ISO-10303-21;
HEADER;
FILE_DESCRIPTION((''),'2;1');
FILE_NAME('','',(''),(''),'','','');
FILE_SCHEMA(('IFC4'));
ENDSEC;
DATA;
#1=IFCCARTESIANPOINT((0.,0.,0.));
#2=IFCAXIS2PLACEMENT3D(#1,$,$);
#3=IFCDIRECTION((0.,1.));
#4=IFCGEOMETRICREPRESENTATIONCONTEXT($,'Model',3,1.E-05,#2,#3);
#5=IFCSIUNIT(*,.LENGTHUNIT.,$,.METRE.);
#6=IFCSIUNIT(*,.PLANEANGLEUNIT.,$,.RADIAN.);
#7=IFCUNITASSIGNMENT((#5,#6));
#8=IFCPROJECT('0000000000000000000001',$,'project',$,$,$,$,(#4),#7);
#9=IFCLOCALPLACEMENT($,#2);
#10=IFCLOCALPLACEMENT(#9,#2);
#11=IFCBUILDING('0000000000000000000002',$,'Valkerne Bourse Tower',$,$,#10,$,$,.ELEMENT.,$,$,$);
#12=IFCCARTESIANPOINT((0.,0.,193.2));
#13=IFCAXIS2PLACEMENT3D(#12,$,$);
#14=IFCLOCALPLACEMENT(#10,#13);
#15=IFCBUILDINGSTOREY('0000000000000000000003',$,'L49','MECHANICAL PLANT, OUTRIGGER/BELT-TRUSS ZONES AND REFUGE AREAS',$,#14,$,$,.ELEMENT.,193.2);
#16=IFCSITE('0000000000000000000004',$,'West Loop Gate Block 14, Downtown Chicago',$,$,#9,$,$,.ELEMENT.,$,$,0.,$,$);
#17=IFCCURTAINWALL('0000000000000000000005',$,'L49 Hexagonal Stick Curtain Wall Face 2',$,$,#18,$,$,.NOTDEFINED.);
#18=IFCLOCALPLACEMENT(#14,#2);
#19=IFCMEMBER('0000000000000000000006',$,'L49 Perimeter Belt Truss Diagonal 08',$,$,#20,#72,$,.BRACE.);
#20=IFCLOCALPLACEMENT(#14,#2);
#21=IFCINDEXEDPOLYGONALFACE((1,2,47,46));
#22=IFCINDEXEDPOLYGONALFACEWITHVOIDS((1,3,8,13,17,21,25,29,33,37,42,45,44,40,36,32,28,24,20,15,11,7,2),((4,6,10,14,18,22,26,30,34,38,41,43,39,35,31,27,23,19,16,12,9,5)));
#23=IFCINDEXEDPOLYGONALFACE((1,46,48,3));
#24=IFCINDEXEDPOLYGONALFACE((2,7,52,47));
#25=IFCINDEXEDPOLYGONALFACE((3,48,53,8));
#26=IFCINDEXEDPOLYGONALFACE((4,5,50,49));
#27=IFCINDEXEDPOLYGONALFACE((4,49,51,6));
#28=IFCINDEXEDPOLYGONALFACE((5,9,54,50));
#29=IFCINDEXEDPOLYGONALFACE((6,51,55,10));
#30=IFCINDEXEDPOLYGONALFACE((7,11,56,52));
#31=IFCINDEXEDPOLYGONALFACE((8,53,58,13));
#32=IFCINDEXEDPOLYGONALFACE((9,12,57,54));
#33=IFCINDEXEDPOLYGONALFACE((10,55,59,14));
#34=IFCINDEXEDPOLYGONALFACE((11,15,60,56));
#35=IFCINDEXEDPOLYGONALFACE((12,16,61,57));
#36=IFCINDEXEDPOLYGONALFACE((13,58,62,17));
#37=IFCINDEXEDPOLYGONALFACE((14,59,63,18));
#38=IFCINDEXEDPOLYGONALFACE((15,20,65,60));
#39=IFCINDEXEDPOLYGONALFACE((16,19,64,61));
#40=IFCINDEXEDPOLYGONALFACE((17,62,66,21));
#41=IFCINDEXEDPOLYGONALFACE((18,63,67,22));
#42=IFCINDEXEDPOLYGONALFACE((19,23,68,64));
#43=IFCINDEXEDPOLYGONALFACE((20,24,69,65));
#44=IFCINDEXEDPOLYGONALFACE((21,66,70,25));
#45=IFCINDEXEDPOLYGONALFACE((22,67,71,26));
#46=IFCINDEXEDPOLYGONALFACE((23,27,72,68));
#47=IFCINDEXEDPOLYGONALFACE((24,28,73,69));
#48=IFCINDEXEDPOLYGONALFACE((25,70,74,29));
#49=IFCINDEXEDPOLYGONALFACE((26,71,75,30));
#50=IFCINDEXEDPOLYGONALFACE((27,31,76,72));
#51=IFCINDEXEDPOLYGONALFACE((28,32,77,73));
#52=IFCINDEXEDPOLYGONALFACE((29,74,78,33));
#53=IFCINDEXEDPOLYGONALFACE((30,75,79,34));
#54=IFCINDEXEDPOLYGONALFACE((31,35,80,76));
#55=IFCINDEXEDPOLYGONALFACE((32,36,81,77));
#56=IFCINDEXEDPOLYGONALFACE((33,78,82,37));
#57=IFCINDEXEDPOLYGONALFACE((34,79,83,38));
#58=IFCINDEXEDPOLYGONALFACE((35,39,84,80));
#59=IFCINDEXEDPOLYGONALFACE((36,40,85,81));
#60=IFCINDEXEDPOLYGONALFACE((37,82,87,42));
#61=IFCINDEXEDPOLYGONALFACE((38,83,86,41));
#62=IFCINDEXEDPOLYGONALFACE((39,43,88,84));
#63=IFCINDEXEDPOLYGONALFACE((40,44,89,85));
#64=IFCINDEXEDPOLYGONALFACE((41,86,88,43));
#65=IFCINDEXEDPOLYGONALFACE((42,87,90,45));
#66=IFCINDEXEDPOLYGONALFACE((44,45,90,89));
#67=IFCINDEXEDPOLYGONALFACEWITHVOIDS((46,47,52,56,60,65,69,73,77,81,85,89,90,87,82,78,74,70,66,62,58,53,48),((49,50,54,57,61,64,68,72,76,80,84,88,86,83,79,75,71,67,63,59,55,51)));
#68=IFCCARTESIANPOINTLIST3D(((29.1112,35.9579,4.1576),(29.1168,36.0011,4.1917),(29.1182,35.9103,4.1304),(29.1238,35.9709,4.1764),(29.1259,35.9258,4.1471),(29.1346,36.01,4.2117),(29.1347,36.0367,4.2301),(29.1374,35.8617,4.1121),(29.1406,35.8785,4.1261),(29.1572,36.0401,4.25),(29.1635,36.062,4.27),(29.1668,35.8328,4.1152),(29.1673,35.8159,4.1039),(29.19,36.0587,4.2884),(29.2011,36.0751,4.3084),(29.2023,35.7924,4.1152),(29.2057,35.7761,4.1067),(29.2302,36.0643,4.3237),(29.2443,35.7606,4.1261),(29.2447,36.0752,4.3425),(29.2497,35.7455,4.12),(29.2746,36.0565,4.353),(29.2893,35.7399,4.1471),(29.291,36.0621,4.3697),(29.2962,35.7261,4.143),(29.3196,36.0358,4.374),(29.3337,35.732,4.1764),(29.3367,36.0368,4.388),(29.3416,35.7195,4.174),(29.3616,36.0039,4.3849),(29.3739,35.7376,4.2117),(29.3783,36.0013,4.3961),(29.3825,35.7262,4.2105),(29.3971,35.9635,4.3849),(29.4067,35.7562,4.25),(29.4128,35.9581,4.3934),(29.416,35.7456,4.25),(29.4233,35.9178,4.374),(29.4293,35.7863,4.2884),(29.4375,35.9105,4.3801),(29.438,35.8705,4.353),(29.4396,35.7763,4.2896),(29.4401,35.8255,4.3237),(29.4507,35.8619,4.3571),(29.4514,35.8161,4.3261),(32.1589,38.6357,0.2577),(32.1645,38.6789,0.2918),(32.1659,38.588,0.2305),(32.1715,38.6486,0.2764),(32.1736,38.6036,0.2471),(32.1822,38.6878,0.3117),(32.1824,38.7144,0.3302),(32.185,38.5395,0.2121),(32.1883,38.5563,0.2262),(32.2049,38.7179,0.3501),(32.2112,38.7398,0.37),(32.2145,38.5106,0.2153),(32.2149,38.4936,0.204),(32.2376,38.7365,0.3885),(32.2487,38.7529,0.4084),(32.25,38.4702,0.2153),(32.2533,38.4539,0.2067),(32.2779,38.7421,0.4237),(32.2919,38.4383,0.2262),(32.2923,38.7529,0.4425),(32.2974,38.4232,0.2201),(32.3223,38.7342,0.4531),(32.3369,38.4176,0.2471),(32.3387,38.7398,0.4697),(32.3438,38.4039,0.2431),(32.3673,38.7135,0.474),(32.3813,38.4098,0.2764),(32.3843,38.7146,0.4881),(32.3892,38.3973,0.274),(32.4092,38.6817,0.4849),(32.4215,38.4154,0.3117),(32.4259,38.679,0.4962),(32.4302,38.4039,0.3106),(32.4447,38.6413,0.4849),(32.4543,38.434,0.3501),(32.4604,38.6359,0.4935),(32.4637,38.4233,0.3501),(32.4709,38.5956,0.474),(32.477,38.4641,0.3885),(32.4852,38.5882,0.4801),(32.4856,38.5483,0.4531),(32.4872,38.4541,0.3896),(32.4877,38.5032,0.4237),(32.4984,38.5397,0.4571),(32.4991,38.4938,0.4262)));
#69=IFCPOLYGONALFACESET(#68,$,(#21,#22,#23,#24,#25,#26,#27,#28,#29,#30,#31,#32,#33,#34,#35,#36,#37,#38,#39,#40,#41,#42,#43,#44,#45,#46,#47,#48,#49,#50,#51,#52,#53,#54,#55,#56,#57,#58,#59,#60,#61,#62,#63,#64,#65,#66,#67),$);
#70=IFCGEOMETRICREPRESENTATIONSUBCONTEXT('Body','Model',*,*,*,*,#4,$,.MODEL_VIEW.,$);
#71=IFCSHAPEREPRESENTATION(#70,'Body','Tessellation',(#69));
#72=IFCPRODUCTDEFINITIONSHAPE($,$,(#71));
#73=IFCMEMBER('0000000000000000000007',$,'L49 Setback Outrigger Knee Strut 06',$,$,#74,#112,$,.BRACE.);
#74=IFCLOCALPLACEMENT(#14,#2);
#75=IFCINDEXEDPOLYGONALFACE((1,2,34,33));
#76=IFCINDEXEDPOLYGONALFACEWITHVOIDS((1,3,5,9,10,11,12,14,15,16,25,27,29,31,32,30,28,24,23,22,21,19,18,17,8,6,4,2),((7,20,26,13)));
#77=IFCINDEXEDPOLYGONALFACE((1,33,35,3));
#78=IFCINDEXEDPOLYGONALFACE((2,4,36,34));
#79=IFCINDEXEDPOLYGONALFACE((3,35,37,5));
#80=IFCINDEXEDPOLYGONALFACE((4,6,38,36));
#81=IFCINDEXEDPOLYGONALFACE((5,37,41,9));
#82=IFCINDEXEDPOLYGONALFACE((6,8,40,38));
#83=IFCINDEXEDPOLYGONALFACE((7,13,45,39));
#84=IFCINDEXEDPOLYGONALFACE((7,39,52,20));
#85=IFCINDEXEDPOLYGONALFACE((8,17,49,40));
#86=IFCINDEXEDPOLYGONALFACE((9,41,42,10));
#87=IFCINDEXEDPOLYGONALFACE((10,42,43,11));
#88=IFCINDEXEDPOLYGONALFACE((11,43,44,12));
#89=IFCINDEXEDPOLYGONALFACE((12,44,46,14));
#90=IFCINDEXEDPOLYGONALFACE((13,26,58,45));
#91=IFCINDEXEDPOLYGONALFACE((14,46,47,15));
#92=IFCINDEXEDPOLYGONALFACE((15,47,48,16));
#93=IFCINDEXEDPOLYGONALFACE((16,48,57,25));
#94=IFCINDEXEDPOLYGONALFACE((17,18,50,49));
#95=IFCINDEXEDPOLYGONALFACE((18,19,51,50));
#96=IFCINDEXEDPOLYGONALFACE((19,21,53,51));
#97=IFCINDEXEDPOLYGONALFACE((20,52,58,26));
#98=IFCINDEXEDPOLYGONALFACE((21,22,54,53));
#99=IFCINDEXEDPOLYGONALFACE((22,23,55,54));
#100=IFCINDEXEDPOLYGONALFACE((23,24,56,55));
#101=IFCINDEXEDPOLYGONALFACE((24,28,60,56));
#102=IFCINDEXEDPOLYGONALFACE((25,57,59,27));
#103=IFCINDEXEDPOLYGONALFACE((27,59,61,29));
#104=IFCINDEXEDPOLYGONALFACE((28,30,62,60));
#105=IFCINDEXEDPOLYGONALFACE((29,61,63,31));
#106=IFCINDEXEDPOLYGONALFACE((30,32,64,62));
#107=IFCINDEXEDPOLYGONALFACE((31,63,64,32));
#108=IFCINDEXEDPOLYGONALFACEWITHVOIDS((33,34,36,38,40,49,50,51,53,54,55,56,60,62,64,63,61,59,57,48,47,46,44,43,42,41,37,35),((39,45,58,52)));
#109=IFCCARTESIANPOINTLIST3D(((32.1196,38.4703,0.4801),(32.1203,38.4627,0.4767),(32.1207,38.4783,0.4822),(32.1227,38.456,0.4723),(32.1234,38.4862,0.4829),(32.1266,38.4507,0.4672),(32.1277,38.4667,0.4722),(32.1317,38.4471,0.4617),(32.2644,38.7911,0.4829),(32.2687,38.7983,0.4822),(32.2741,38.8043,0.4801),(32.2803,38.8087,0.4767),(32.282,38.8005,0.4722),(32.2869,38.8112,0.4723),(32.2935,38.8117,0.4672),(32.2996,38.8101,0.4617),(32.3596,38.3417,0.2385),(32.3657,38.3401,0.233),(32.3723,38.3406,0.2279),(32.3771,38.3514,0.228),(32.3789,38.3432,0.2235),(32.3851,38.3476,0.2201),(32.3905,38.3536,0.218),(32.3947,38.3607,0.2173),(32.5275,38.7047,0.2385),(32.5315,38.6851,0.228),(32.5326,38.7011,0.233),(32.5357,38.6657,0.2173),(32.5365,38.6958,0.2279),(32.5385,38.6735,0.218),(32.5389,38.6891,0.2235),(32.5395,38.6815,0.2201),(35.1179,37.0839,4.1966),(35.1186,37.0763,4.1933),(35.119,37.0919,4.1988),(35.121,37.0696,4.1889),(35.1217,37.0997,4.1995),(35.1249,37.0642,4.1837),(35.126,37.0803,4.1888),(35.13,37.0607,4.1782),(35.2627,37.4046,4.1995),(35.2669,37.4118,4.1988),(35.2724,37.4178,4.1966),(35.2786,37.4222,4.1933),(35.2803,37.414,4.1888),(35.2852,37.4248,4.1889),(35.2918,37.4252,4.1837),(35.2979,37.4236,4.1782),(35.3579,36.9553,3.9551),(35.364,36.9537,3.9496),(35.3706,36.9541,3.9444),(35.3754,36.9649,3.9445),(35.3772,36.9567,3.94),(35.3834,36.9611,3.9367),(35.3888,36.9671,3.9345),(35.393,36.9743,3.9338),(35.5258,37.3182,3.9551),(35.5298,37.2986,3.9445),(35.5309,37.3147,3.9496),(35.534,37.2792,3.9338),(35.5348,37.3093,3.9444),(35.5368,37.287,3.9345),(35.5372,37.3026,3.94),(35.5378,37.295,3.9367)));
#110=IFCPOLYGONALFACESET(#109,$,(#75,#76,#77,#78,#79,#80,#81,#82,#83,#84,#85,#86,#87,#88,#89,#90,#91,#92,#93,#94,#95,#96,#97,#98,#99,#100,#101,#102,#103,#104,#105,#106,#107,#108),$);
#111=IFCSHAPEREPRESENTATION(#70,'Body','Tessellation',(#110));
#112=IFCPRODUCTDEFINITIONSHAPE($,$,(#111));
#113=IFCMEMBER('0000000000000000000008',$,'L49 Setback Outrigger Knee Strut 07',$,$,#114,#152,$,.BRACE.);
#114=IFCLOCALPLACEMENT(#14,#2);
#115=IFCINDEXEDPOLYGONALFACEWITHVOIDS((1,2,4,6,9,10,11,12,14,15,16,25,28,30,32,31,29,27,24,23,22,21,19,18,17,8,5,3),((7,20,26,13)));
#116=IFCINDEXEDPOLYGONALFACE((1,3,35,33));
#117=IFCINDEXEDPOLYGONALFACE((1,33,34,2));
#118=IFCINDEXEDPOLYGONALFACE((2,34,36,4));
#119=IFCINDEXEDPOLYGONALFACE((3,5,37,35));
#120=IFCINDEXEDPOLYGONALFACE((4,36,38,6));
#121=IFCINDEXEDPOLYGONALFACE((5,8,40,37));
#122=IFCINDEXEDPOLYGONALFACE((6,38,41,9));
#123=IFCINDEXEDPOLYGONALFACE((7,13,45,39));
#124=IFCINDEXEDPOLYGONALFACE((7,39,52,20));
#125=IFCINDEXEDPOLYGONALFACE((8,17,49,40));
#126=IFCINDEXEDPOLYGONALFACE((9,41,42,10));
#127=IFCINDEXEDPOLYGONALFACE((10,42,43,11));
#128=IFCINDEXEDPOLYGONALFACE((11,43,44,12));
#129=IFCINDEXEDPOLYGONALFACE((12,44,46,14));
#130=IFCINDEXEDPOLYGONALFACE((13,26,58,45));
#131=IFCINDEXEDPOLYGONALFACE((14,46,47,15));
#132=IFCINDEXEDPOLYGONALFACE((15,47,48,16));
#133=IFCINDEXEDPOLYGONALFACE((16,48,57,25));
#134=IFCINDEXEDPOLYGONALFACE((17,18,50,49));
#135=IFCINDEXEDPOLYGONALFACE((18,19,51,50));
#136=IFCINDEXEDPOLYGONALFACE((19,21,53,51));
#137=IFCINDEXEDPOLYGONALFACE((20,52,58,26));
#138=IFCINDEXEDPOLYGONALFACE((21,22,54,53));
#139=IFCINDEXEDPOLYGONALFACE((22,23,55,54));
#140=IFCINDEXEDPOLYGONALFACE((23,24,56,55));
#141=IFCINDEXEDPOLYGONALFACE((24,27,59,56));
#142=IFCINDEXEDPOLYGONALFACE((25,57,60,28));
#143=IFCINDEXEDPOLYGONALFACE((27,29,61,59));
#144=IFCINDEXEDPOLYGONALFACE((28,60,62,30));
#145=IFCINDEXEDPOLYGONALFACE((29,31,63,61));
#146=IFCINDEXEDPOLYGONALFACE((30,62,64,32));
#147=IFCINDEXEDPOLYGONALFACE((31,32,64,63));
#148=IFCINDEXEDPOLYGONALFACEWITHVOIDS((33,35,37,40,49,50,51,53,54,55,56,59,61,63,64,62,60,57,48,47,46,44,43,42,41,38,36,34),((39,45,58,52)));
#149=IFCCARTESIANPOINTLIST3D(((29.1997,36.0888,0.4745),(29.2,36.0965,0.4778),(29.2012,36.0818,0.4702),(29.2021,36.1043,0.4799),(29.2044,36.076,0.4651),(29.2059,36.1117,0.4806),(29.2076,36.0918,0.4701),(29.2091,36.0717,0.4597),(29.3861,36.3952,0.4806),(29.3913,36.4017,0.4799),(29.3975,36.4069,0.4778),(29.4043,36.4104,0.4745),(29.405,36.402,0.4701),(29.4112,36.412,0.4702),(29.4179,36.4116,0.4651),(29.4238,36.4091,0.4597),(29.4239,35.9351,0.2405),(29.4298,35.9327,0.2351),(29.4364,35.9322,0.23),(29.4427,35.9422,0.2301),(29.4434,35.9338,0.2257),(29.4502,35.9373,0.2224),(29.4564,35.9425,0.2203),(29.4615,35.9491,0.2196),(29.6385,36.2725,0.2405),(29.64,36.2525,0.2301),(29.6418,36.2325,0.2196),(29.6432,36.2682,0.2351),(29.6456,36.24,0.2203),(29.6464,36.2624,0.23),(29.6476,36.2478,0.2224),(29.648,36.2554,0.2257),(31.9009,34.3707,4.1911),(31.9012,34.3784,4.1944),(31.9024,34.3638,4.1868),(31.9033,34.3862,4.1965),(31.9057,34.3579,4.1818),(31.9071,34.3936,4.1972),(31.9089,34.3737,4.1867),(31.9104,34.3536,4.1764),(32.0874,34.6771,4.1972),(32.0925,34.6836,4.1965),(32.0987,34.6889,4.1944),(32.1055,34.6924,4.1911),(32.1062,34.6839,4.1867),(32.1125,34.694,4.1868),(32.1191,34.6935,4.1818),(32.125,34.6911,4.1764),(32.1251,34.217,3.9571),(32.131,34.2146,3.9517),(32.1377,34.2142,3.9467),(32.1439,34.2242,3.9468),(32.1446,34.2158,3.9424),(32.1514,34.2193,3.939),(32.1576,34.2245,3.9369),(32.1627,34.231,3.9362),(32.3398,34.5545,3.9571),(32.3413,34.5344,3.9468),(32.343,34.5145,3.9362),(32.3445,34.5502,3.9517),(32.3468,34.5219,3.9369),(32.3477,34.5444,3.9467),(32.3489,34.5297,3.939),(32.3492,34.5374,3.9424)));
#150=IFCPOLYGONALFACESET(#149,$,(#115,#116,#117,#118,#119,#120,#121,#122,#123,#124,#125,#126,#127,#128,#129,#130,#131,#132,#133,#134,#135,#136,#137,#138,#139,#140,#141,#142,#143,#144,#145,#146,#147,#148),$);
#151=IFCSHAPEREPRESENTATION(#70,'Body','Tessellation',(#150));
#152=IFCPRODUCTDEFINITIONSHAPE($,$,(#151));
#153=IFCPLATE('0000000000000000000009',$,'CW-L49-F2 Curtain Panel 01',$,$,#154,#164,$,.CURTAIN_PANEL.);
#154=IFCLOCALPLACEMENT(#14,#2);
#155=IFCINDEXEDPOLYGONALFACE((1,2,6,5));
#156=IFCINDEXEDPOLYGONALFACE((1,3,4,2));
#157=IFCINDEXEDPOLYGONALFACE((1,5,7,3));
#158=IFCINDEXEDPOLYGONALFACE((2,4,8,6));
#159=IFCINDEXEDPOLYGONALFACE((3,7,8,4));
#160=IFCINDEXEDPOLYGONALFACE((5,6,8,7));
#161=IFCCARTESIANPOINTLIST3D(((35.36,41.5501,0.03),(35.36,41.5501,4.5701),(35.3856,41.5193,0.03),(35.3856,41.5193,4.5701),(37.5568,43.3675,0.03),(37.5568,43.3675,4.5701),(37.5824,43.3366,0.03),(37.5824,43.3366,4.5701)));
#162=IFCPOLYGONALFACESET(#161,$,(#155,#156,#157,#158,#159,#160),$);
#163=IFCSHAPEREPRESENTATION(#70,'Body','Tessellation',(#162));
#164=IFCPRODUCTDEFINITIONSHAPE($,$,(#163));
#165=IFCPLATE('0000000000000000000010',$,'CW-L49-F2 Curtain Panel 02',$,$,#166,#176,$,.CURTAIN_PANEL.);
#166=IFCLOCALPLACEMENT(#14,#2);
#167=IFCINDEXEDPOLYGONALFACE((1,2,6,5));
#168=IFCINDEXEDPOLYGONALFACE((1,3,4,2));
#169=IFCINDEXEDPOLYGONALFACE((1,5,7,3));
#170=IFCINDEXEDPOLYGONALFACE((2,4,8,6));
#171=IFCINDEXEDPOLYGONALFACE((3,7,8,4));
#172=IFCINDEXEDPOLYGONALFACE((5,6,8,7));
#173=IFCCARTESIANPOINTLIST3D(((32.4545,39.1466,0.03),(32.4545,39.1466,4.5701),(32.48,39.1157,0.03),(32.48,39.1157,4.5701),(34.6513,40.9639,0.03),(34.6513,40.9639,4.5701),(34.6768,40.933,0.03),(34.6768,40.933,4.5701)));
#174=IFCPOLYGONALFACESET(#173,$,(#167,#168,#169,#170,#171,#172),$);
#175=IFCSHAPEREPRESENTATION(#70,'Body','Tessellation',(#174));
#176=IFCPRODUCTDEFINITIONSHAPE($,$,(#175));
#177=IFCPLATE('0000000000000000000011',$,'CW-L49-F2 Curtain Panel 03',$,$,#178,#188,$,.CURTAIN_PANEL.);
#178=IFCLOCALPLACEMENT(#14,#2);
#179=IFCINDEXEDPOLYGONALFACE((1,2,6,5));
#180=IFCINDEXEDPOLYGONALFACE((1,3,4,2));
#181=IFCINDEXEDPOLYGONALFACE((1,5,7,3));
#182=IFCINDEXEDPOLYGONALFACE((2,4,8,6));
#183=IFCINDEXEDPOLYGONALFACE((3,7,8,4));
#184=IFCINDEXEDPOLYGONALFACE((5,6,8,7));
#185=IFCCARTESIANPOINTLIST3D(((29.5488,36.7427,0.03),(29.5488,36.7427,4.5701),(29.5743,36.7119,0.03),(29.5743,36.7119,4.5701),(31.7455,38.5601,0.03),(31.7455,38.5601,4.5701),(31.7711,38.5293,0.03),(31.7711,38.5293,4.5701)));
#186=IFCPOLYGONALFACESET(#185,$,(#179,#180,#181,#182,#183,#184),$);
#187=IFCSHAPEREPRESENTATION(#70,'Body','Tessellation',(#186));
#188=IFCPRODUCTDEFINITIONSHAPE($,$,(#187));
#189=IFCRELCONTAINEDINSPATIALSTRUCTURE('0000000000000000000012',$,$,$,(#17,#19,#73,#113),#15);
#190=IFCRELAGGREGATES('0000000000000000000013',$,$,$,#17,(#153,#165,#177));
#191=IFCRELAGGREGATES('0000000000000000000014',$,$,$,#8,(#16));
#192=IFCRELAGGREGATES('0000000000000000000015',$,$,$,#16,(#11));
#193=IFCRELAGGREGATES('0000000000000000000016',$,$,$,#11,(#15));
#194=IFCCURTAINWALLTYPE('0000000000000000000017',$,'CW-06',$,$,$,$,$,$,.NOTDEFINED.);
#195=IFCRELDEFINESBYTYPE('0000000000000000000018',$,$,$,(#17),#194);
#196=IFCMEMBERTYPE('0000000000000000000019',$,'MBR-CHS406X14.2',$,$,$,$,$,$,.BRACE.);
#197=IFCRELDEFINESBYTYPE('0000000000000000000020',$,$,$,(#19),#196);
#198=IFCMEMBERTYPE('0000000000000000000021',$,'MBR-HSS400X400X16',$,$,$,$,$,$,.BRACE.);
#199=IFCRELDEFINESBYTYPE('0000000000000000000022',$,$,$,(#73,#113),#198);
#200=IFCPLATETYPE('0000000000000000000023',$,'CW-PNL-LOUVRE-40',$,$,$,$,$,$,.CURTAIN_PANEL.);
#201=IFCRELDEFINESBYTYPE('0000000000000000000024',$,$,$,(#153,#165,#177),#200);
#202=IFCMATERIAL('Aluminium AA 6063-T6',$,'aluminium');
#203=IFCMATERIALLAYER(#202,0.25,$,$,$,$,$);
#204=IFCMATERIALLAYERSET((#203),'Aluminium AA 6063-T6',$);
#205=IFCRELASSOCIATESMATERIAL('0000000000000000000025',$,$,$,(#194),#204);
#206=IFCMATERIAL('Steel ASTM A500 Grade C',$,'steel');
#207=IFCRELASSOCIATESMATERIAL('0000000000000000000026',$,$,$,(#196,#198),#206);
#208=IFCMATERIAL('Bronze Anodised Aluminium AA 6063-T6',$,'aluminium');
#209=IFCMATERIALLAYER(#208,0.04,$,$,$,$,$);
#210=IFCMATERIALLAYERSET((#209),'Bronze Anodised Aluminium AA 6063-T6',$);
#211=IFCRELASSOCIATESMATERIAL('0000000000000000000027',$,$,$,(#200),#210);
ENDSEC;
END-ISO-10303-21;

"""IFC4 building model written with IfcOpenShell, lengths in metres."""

from ifc_helpers import new_model, si_unit, direction, frame, origin, origin_2d, place, context, subcontext, project, spatial, rectangle, hollow_rectangle, hollow_circle, extrude, material, layer, layer_set, material_profile, profile_set, type_object, element, aggregate, save


model = new_model("IFC4")

# Units and contexts
model_context = context("Model", 3, precision=1e-05, world=origin(), true_north=direction((0.0, 1.0)))
body_context = subcontext(model_context, "Body", "Model", "MODEL_VIEW")
ifc_project = project(units=[si_unit("LENGTHUNIT", "METRE"), si_unit("PLANEANGLEUNIT", "RADIAN")], contexts=[model_context])

# Site, building, storey
site_placement = place(None, origin())
site = spatial("IfcSite", under=ifc_project, at=site_placement, Name="West Loop Gate Block 14, Downtown Chicago", CompositionType="ELEMENT", RefElevation=0.0)
building_placement = place(site_placement, origin())
building = spatial("IfcBuilding", under=site, at=building_placement, Name="Valkerne Bourse Tower", CompositionType="ELEMENT")
storey_placement = place(building_placement, frame((0.0, 0.0, 193.2)))
storey = spatial("IfcBuildingStorey", under=building, at=storey_placement, Name="L49", Description="MECHANICAL PLANT, OUTRIGGER/BELT-TRUSS ZONES AND REFUGE AREAS", CompositionType="ELEMENT", Elevation=193.2)

# Curtain wall
ifc_material_1 = material(Name="Aluminium AA 6063-T6", Category="aluminium")
ifc_layer_1 = layer(ifc_material_1, 0.25)
ifc_layer_set_1 = layer_set([ifc_layer_1], Name="Aluminium AA 6063-T6")
curtain_wall_type = type_object("IfcCurtainWallType", Name="CW-06", PredefinedType="NOTDEFINED", material=ifc_layer_set_1)
curtain_wall_placement = place(storey_placement, origin())
curtain_wall = element("IfcCurtainWall", 1, at=curtain_wall_placement, inside=storey, type_object=curtain_wall_type, Name="L49 Hexagonal Stick Curtain Wall Face 2", PredefinedType="NOTDEFINED")

# Members
ifc_material_2 = material(Name="Steel ASTM A500 Grade C", Category="steel")
ifc_material_profile_1 = material_profile(ifc_material_2, hollow_circle(Radius=0.2031, WallThickness=0.0142, at=origin_2d()), Name="CHS406X14.2")
ifc_profile_set_1 = profile_set([ifc_material_profile_1], Name="Steel ASTM A500 Grade C")
member_type_1 = type_object("IfcMemberType", Name="MBR-CHS406X14.2", PredefinedType="BRACE", material=ifc_profile_set_1)
member_1_placement = place(storey_placement, frame((32.3296, 38.5759, 0.3501), z_axis=(-0.541568, -0.47584, 0.693023), x_axis=(0.66005, -0.751222, 0.0)))
element("IfcMember", 2, at=member_1_placement, inside=storey, type_object=member_type_1, Name="L49 Perimeter Belt Truss Diagonal 08", PredefinedType="BRACE", context=body_context, shape_type="SweptSolid", body=[
    extrude(hollow_circle(Radius=0.2031, WallThickness=0.0142, at=origin_2d()), origin(), (0.0, 0.0, 1.0), 5.6274),
])
ifc_material_profile_2 = material_profile(ifc_material_2, hollow_rectangle(XDim=0.3999, YDim=0.3999, WallThickness=0.0161, OuterFilletRadius=0.032, at=origin_2d()), Name="HSS400X400X16")
ifc_profile_set_2 = profile_set([ifc_material_profile_2], Name="Steel ASTM A500 Grade C")
member_type_2 = type_object("IfcMemberType", Name="MBR-HSS400X400X16", PredefinedType="BRACE", material=ifc_profile_set_2)
member_2_placement = place(storey_placement, frame((32.3296, 38.5759, 0.3501), z_axis=(0.602986, -0.278834, 0.747435), x_axis=(0.419719, 0.907654, 0.0)))
element("IfcMember", 3, at=member_2_placement, inside=storey, type_object=member_type_2, Name="L49 Setback Outrigger Knee Strut 06", PredefinedType="BRACE", context=body_context, shape_type="SweptSolid", body=[
    extrude(hollow_rectangle(XDim=0.3999, YDim=0.3999, WallThickness=0.0161, OuterFilletRadius=0.032, at=origin_2d()), origin(), (0.0, 0.0, 1.0), 4.9724),
])
member_3_placement = place(storey_placement, frame((29.4238, 36.1721, 0.3501), z_axis=(0.550679, -0.350246, 0.757681), x_axis=(0.536673, 0.84379, 0.0)))
element("IfcMember", 4, at=member_3_placement, inside=storey, type_object=member_type_2, Name="L49 Setback Outrigger Knee Strut 07", PredefinedType="BRACE", context=body_context, shape_type="SweptSolid", body=[
    extrude(hollow_rectangle(XDim=0.3999, YDim=0.3999, WallThickness=0.0161, OuterFilletRadius=0.032, at=origin_2d()), origin(), (0.0, 0.0, 1.0), 4.9053),
])

# Plates
ifc_material_3 = material(Name="Bronze Anodised Aluminium AA 6063-T6", Category="aluminium")
ifc_layer_2 = layer(ifc_material_3, 0.04)
ifc_layer_set_2 = layer_set([ifc_layer_2], Name="Bronze Anodised Aluminium AA 6063-T6")
plate_type_1 = type_object("IfcPlateType", Name="CW-PNL-LOUVRE-40", PredefinedType="CURTAIN_PANEL", material=ifc_layer_set_2)
plate_1_placement = place(storey_placement, frame((36.4712, 42.4434, 0.03), z_axis=(0.0, 0.0, 1.0), x_axis=(-0.770516, -0.637421, 0.0)))
plate_1 = element("IfcPlate", 5, at=plate_1_placement, type_object=plate_type_1, Name="CW-L49-F2 Curtain Panel 01", PredefinedType="CURTAIN_PANEL", context=body_context, shape_type="SweptSolid", body=[
    extrude(rectangle(XDim=2.8511, YDim=0.04, at=origin_2d()), origin(), (0.0, 0.0, 1.0), 4.54),
])
plate_2_placement = place(storey_placement, frame((33.5657, 40.0398, 0.03), z_axis=(0.0, 0.0, 1.0), x_axis=(-0.770516, -0.637421, 0.0)))
plate_2 = element("IfcPlate", 6, at=plate_2_placement, type_object=plate_type_1, Name="CW-L49-F2 Curtain Panel 02", PredefinedType="CURTAIN_PANEL", context=body_context, shape_type="SweptSolid", body=[
    extrude(rectangle(XDim=2.8511, YDim=0.04, at=origin_2d()), origin(), (0.0, 0.0, 1.0), 4.54),
])
plate_3_placement = place(storey_placement, frame((30.6599, 37.636, 0.03), z_axis=(0.0, 0.0, 1.0), x_axis=(-0.770503, -0.637436, 0.0)))
plate_3 = element("IfcPlate", 7, at=plate_3_placement, type_object=plate_type_1, Name="CW-L49-F2 Curtain Panel 03", PredefinedType="CURTAIN_PANEL", context=body_context, shape_type="SweptSolid", body=[
    extrude(rectangle(XDim=2.8511, YDim=0.04, at=origin_2d()), origin(), (0.0, 0.0, 1.0), 4.54),
])
aggregate(curtain_wall, [plate_1, plate_2, plate_3])

save(model, "model.ifc")
